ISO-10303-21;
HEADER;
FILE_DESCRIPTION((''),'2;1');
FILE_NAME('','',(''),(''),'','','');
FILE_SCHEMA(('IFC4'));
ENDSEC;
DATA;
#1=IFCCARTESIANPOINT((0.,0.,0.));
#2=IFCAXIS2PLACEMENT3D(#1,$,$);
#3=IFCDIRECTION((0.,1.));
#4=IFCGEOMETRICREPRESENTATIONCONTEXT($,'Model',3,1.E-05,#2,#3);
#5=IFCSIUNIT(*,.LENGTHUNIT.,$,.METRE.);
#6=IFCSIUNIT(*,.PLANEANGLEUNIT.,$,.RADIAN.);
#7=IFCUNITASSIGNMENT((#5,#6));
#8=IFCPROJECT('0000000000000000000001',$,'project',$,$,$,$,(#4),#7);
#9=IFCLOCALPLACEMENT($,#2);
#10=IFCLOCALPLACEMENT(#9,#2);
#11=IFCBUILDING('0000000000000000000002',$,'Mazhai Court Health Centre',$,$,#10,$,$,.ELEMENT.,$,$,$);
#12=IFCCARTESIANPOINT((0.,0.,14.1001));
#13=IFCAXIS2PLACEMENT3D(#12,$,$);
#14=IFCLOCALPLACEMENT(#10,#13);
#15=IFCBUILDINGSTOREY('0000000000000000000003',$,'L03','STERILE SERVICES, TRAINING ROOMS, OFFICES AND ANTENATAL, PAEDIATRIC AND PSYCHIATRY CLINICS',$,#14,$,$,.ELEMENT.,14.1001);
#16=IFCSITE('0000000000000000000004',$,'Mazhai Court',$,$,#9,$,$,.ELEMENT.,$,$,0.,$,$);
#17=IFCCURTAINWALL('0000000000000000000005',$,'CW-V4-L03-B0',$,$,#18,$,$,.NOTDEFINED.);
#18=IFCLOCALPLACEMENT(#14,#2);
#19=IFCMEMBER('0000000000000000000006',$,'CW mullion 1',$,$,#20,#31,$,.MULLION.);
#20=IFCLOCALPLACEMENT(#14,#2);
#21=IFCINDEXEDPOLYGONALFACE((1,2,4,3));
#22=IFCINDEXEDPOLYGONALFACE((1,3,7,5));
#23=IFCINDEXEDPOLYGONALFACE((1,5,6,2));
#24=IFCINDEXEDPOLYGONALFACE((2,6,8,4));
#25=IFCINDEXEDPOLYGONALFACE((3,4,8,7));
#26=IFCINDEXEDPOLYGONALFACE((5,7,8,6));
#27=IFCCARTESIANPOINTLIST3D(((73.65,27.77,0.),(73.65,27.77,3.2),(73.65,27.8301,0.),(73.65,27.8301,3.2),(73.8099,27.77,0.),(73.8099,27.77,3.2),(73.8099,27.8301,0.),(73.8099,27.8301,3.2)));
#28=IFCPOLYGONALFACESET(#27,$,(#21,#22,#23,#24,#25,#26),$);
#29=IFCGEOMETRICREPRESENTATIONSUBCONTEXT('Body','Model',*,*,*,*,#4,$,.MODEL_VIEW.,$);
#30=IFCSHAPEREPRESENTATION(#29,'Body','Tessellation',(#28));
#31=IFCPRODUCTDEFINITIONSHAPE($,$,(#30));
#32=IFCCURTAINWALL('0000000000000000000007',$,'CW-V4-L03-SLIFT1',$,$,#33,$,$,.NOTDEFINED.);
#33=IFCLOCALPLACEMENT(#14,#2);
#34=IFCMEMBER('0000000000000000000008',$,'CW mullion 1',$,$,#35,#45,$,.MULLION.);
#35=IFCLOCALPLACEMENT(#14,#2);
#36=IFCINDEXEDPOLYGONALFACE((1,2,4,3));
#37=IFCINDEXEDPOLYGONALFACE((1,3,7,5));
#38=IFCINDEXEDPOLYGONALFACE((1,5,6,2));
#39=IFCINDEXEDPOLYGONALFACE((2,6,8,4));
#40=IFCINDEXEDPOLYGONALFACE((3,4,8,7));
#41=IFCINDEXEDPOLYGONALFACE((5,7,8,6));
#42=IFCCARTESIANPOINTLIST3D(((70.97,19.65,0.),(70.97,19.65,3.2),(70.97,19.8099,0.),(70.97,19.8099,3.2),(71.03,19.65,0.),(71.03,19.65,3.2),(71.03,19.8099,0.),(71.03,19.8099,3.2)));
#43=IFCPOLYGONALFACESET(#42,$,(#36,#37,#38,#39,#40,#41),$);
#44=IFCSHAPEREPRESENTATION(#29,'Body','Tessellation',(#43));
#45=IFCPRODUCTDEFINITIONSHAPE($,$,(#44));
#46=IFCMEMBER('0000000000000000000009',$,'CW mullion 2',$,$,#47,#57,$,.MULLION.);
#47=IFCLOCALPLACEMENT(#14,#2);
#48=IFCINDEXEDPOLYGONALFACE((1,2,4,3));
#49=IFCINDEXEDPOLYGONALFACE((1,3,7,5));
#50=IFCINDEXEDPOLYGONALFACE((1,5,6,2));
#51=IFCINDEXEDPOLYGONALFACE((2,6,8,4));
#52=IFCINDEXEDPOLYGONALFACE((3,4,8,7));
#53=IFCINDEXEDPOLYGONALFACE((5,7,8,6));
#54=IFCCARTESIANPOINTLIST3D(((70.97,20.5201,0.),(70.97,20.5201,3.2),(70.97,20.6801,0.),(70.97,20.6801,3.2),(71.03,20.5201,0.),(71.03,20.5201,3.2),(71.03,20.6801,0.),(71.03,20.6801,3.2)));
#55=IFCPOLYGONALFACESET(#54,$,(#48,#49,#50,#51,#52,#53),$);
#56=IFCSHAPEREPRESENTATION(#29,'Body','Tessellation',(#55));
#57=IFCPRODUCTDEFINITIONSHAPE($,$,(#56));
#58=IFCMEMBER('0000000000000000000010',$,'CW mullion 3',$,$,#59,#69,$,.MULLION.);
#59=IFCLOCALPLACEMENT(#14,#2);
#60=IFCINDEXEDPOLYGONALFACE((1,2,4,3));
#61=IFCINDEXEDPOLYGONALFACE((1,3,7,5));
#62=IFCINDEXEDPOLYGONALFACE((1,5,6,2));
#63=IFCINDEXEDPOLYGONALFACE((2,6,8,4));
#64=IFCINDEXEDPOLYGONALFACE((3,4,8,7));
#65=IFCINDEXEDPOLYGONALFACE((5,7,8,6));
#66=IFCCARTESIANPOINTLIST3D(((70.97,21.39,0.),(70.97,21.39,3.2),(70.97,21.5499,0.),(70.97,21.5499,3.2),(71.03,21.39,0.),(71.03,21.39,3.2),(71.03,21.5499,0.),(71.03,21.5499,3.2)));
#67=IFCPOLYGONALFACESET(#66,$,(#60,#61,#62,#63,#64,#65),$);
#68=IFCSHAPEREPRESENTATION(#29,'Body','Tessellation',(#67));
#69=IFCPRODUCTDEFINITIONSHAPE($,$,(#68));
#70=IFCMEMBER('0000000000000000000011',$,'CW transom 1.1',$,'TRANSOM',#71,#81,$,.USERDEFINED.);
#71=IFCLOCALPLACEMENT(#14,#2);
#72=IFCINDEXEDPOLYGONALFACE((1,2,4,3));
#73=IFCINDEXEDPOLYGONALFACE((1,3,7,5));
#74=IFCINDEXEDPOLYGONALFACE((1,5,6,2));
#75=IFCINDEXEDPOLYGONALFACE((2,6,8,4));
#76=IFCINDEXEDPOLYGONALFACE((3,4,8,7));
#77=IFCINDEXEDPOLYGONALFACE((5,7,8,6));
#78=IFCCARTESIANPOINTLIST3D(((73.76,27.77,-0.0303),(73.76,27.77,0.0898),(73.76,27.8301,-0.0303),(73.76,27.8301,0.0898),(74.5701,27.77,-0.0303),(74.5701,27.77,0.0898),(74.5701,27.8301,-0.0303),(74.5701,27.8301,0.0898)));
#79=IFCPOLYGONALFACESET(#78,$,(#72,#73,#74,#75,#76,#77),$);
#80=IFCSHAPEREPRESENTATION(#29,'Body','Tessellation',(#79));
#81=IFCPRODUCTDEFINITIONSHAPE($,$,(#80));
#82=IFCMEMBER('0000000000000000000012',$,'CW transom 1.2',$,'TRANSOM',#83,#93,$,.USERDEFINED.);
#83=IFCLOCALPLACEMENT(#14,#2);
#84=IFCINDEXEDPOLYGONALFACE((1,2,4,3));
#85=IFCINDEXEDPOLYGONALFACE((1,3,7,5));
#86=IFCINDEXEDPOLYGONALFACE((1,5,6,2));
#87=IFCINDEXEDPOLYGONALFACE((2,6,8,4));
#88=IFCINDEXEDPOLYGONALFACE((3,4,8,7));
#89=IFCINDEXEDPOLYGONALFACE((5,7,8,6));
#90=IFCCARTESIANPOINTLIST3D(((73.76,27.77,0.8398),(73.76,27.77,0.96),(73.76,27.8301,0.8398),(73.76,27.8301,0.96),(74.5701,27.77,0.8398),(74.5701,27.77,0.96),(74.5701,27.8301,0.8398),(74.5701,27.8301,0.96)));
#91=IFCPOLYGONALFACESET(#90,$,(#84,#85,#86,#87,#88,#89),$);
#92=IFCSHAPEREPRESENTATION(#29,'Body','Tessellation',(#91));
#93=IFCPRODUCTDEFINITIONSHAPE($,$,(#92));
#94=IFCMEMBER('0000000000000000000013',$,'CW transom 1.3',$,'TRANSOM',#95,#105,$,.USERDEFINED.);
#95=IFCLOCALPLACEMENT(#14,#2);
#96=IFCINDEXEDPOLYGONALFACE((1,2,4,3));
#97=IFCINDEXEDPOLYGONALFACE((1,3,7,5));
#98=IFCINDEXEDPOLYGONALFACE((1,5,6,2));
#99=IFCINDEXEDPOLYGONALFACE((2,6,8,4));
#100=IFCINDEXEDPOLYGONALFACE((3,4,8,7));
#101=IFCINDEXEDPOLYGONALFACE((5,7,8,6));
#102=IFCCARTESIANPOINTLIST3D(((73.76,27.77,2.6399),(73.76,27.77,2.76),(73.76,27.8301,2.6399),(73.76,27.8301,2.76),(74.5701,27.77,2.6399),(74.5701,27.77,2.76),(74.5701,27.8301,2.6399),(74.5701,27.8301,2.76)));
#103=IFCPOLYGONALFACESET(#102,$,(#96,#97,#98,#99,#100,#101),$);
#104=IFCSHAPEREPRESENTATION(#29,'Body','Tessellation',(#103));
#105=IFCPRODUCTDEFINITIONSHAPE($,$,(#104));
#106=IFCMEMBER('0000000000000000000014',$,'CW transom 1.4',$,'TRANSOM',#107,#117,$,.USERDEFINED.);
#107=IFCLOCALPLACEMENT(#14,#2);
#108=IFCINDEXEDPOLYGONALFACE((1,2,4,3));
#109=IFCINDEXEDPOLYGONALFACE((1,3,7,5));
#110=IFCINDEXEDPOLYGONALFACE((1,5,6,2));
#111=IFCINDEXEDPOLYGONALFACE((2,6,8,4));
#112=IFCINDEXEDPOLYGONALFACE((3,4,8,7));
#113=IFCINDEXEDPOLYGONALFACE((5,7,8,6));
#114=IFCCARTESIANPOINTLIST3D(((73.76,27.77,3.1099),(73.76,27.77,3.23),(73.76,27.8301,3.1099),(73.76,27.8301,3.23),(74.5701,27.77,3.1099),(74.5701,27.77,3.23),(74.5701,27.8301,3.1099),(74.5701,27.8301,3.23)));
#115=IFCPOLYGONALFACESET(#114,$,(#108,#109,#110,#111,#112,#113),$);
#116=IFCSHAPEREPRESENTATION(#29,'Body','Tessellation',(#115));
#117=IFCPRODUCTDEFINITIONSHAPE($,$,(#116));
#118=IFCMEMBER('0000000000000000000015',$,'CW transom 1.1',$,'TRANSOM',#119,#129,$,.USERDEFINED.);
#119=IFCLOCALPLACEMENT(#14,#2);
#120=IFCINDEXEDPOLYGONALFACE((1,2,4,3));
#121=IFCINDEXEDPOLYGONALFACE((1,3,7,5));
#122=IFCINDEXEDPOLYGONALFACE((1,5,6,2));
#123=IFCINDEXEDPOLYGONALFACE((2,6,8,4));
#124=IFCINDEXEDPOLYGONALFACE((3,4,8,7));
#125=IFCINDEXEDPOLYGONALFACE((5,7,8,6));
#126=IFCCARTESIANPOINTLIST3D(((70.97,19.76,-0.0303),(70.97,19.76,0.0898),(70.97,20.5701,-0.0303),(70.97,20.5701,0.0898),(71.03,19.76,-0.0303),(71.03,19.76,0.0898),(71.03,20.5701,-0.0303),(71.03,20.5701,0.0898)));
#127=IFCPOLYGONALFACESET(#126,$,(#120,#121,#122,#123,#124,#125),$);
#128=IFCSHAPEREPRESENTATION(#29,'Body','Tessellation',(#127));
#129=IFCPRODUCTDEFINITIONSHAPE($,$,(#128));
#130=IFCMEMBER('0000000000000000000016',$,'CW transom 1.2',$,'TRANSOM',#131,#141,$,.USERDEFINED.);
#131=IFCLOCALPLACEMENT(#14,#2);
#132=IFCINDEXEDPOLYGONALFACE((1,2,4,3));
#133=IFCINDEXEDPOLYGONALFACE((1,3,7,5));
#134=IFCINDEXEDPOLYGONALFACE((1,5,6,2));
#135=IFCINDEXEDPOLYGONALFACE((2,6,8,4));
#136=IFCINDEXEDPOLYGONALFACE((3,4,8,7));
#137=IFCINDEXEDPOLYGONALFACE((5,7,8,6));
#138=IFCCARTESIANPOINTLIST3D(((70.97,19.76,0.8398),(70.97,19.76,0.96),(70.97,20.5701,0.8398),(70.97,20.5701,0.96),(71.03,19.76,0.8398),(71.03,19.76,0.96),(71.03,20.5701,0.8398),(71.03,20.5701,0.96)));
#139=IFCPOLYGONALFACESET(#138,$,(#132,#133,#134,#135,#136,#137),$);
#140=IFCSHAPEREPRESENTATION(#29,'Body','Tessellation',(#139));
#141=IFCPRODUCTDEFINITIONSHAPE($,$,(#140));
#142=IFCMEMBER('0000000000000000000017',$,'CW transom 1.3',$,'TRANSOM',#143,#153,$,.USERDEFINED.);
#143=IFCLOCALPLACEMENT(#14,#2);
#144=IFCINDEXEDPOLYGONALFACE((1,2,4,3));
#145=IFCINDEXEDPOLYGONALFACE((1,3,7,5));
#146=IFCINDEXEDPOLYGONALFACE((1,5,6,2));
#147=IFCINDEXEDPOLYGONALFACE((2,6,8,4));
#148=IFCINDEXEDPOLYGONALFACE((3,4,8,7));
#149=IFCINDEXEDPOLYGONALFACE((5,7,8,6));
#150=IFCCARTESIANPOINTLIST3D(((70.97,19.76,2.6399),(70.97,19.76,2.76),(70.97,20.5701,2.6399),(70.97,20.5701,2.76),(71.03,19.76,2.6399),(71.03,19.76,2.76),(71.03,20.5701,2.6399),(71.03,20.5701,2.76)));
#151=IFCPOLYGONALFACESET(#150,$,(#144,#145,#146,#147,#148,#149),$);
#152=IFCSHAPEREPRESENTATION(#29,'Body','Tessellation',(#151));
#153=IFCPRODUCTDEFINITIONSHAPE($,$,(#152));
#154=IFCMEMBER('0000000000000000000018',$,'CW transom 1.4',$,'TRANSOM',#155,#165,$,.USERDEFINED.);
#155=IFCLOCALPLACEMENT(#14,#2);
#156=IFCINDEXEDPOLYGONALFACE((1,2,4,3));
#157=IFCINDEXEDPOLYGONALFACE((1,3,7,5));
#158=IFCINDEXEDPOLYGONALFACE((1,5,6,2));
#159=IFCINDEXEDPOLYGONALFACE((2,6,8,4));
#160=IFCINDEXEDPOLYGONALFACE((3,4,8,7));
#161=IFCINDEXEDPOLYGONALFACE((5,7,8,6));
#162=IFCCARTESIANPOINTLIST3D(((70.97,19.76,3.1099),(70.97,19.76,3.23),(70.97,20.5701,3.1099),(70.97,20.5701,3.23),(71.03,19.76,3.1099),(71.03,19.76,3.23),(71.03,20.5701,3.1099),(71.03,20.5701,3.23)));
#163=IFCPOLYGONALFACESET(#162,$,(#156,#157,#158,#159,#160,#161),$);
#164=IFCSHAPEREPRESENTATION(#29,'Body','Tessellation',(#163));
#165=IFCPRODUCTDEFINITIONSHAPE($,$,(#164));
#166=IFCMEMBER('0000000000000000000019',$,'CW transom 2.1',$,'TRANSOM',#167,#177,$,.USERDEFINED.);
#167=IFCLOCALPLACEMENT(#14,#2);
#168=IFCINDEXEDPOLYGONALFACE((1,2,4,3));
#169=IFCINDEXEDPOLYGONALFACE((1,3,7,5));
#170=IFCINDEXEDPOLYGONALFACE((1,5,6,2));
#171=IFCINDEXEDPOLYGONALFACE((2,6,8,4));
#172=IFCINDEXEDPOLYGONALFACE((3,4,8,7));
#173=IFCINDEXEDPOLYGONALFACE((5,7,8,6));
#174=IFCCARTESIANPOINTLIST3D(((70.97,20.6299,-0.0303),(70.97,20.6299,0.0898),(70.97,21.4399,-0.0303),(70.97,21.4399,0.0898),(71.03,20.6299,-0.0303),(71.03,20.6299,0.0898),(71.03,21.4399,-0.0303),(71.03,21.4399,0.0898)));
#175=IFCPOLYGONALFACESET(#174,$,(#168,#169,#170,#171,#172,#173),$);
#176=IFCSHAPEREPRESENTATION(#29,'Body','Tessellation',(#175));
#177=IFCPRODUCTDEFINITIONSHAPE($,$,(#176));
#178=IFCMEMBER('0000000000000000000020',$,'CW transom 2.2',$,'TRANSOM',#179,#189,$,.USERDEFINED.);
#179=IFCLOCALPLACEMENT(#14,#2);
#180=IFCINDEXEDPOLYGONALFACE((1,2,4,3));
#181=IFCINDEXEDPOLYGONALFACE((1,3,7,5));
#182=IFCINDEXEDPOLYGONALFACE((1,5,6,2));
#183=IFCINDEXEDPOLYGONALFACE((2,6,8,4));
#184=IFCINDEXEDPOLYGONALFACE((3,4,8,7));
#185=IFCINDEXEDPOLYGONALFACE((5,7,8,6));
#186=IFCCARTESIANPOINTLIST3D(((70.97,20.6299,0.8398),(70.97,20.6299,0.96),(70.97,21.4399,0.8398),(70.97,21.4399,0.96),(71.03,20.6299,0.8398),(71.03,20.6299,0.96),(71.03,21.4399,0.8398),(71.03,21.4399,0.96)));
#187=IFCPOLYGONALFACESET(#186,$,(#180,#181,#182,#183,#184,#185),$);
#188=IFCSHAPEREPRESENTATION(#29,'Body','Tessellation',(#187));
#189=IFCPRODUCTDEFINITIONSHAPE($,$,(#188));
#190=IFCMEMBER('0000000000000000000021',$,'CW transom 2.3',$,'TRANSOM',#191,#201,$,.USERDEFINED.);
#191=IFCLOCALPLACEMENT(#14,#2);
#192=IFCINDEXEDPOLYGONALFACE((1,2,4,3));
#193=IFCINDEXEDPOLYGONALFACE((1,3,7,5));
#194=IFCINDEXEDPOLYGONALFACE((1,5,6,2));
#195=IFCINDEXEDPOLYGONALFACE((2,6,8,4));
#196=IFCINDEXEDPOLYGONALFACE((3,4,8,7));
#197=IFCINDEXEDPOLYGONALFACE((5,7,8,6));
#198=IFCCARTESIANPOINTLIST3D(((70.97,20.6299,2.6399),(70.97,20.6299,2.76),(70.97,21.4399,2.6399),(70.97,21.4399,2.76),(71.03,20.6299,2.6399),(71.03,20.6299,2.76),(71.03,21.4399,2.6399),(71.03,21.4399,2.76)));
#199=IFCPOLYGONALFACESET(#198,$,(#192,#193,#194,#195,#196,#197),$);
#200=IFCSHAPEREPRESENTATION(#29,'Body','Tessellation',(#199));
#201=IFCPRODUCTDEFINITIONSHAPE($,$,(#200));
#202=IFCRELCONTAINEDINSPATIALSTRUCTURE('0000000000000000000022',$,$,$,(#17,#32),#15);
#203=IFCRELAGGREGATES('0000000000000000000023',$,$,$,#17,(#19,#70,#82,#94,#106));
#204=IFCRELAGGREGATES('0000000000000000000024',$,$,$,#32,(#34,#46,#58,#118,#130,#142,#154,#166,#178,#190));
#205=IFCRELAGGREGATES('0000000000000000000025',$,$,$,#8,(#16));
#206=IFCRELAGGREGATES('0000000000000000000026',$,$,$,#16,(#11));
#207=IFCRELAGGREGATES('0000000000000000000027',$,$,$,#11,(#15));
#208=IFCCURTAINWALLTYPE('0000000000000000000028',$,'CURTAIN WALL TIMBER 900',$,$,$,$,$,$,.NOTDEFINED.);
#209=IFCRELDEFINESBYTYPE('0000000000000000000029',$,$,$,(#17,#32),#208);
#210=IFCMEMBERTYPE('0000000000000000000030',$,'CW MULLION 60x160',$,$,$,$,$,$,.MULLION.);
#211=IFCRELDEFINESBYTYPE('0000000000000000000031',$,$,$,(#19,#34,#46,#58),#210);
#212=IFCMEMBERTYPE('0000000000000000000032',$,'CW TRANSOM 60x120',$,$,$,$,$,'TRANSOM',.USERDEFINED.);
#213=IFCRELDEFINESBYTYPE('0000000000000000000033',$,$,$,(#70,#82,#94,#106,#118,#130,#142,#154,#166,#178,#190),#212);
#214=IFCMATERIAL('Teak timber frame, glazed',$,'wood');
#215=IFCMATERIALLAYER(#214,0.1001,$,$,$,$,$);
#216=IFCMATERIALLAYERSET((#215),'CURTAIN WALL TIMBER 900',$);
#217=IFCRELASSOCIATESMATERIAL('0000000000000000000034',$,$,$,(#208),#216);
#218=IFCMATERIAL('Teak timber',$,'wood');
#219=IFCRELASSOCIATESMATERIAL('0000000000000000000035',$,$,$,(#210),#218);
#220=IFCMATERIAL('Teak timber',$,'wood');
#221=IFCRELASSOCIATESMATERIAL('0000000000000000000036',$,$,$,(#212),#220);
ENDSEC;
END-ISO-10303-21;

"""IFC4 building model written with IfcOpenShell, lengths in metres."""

from ifc_helpers import new_model, si_unit, direction, frame, origin, origin_2d, place, context, subcontext, project, spatial, rectangle, extrude, material, layer, layer_set, material_profile, profile_set, type_object, element, aggregate, save


model = new_model("IFC4")

# Units and contexts
model_context = context("Model", 3, precision=1e-05, world=origin(), true_north=direction((0.0, 1.0)))
body_context = subcontext(model_context, "Body", "Model", "MODEL_VIEW")
ifc_project = project(units=[si_unit("LENGTHUNIT", "METRE"), si_unit("PLANEANGLEUNIT", "RADIAN")], contexts=[model_context])

# Site, building, storey
site_placement = place(None, origin())
site = spatial("IfcSite", under=ifc_project, at=site_placement, Name="Mazhai Court", CompositionType="ELEMENT", RefElevation=0.0)
building_placement = place(site_placement, origin())
building = spatial("IfcBuilding", under=site, at=building_placement, Name="Mazhai Court Health Centre", CompositionType="ELEMENT")
storey_placement = place(building_placement, frame((0.0, 0.0, 14.1001)))
storey = spatial("IfcBuildingStorey", under=building, at=storey_placement, Name="L03", Description="STERILE SERVICES, TRAINING ROOMS, OFFICES AND ANTENATAL, PAEDIATRIC AND PSYCHIATRY CLINICS", CompositionType="ELEMENT", Elevation=14.1001)

# Curtain wall, member
ifc_material_1 = material(Name="Teak timber frame, glazed", Category="wood")
ifc_layer_1 = layer(ifc_material_1, 0.1001)
ifc_layer_set_1 = layer_set([ifc_layer_1], Name="CURTAIN WALL TIMBER 900")
curtain_wall_type = type_object("IfcCurtainWallType", Name="CURTAIN WALL TIMBER 900", PredefinedType="NOTDEFINED", material=ifc_layer_set_1)
curtain_wall_1_placement = place(storey_placement, origin())
curtain_wall_1 = element("IfcCurtainWall", 1, at=curtain_wall_1_placement, inside=storey, type_object=curtain_wall_type, Name="CW-V4-L03-B0", PredefinedType="NOTDEFINED")
ifc_material_2 = material(Name="Teak timber", Category="wood")
ifc_material_profile_1 = material_profile(ifc_material_2, rectangle(XDim=0.0601, YDim=0.1599, at=origin_2d()), Name="CW MULLION 60x160")
ifc_profile_set_1 = profile_set([ifc_material_profile_1], Name="Teak timber")
member_type_1 = type_object("IfcMemberType", Name="CW MULLION 60x160", PredefinedType="MULLION", material=ifc_profile_set_1)
member_1_placement = place(storey_placement, frame((73.73, 27.8, 0.0), z_axis=(0.0, 0.0, 1.0), x_axis=(0.0, 1.0, 0.0)))
member_1 = element("IfcMember", 2, at=member_1_placement, type_object=member_type_1, Name="CW mullion 1", PredefinedType="MULLION", context=body_context, shape_type="SweptSolid", body=[
    extrude(rectangle(XDim=0.0601, YDim=0.1599, at=origin_2d()), origin(), (0.0, 0.0, 1.0), 3.2),
])

# Curtain wall, members
curtain_wall_2_placement = place(storey_placement, origin())
curtain_wall_2 = element("IfcCurtainWall", 3, at=curtain_wall_2_placement, inside=storey, type_object=curtain_wall_type, Name="CW-V4-L03-SLIFT1", PredefinedType="NOTDEFINED")
member_2_placement = place(storey_placement, frame((71.0, 19.73, 0.0), z_axis=(0.0, 0.0, 1.0), x_axis=(-1.0, 0.0, 0.0)))
member_2 = element("IfcMember", 4, at=member_2_placement, type_object=member_type_1, Name="CW mullion 1", PredefinedType="MULLION", context=body_context, shape_type="SweptSolid", body=[
    extrude(rectangle(XDim=0.0601, YDim=0.1599, at=origin_2d()), origin(), (0.0, 0.0, 1.0), 3.2),
])
member_3_placement = place(storey_placement, frame((71.0, 20.6001, 0.0), z_axis=(0.0, 0.0, 1.0), x_axis=(-1.0, 0.0, 0.0)))
member_3 = element("IfcMember", 5, at=member_3_placement, type_object=member_type_1, Name="CW mullion 2", PredefinedType="MULLION", context=body_context, shape_type="SweptSolid", body=[
    extrude(rectangle(XDim=0.0601, YDim=0.1599, at=origin_2d()), origin(), (0.0, 0.0, 1.0), 3.2),
])
member_4_placement = place(storey_placement, frame((71.0, 21.47, 0.0), z_axis=(0.0, 0.0, 1.0), x_axis=(-1.0, 0.0, 0.0)))
member_4 = element("IfcMember", 6, at=member_4_placement, type_object=member_type_1, Name="CW mullion 3", PredefinedType="MULLION", context=body_context, shape_type="SweptSolid", body=[
    extrude(rectangle(XDim=0.0601, YDim=0.1599, at=origin_2d()), origin(), (0.0, 0.0, 1.0), 3.2),
])

# Members
ifc_material_3 = material(Name="Teak timber", Category="wood")
ifc_material_profile_2 = material_profile(ifc_material_3, rectangle(XDim=0.0601, YDim=0.1201, at=origin_2d()), Name="CW TRANSOM 60x120")
ifc_profile_set_2 = profile_set([ifc_material_profile_2], Name="Teak timber")
member_type_2 = type_object("IfcMemberType", Name="CW TRANSOM 60x120", ElementType="TRANSOM", PredefinedType="USERDEFINED", material=ifc_profile_set_2)
member_5_placement = place(storey_placement, frame((73.76, 27.8, 0.0298), z_axis=(1.0, 0.0, 0.0), x_axis=(0.0, 1.0, 0.0)))
member_5 = element("IfcMember", 7, at=member_5_placement, type_object=member_type_2, Name="CW transom 1.1", ObjectType="TRANSOM", PredefinedType="USERDEFINED", context=body_context, shape_type="SweptSolid", body=[
    extrude(rectangle(XDim=0.0601, YDim=0.1201, at=origin_2d()), origin(), (0.0, 0.0, 1.0), 0.8101),
])
member_6_placement = place(storey_placement, frame((73.76, 27.8, 0.8999), z_axis=(1.0, 0.0, 0.0), x_axis=(0.0, 1.0, 0.0)))
member_6 = element("IfcMember", 8, at=member_6_placement, type_object=member_type_2, Name="CW transom 1.2", ObjectType="TRANSOM", PredefinedType="USERDEFINED", context=body_context, shape_type="SweptSolid", body=[
    extrude(rectangle(XDim=0.0601, YDim=0.1201, at=origin_2d()), origin(), (0.0, 0.0, 1.0), 0.8101),
])
member_7_placement = place(storey_placement, frame((73.76, 27.8, 2.7), z_axis=(1.0, 0.0, 0.0), x_axis=(0.0, 1.0, 0.0)))
member_7 = element("IfcMember", 9, at=member_7_placement, type_object=member_type_2, Name="CW transom 1.3", ObjectType="TRANSOM", PredefinedType="USERDEFINED", context=body_context, shape_type="SweptSolid", body=[
    extrude(rectangle(XDim=0.0601, YDim=0.1201, at=origin_2d()), origin(), (0.0, 0.0, 1.0), 0.8101),
])
member_8_placement = place(storey_placement, frame((73.76, 27.8, 3.1699), z_axis=(1.0, 0.0, 0.0), x_axis=(0.0, 1.0, 0.0)))
member_8 = element("IfcMember", 10, at=member_8_placement, type_object=member_type_2, Name="CW transom 1.4", ObjectType="TRANSOM", PredefinedType="USERDEFINED", context=body_context, shape_type="SweptSolid", body=[
    extrude(rectangle(XDim=0.0601, YDim=0.1201, at=origin_2d()), origin(), (0.0, 0.0, 1.0), 0.8101),
])
member_9_placement = place(storey_placement, frame((71.0, 19.76, 0.0298), z_axis=(0.0, 1.0, 0.0), x_axis=(-1.0, 0.0, 0.0)))
member_9 = element("IfcMember", 11, at=member_9_placement, type_object=member_type_2, Name="CW transom 1.1", ObjectType="TRANSOM", PredefinedType="USERDEFINED", context=body_context, shape_type="SweptSolid", body=[
    extrude(rectangle(XDim=0.0601, YDim=0.1201, at=origin_2d()), origin(), (0.0, 0.0, 1.0), 0.8101),
])
member_10_placement = place(storey_placement, frame((71.0, 19.76, 0.8999), z_axis=(0.0, 1.0, 0.0), x_axis=(-1.0, 0.0, 0.0)))
member_10 = element("IfcMember", 12, at=member_10_placement, type_object=member_type_2, Name="CW transom 1.2", ObjectType="TRANSOM", PredefinedType="USERDEFINED", context=body_context, shape_type="SweptSolid", body=[
    extrude(rectangle(XDim=0.0601, YDim=0.1201, at=origin_2d()), origin(), (0.0, 0.0, 1.0), 0.8101),
])
member_11_placement = place(storey_placement, frame((71.0, 19.76, 2.7), z_axis=(0.0, 1.0, 0.0), x_axis=(-1.0, 0.0, 0.0)))
member_11 = element("IfcMember", 13, at=member_11_placement, type_object=member_type_2, Name="CW transom 1.3", ObjectType="TRANSOM", PredefinedType="USERDEFINED", context=body_context, shape_type="SweptSolid", body=[
    extrude(rectangle(XDim=0.0601, YDim=0.1201, at=origin_2d()), origin(), (0.0, 0.0, 1.0), 0.8101),
])
member_12_placement = place(storey_placement, frame((71.0, 19.76, 3.1699), z_axis=(0.0, 1.0, 0.0), x_axis=(-1.0, 0.0, 0.0)))
member_12 = element("IfcMember", 14, at=member_12_placement, type_object=member_type_2, Name="CW transom 1.4", ObjectType="TRANSOM", PredefinedType="USERDEFINED", context=body_context, shape_type="SweptSolid", body=[
    extrude(rectangle(XDim=0.0601, YDim=0.1201, at=origin_2d()), origin(), (0.0, 0.0, 1.0), 0.8101),
])
member_13_placement = place(storey_placement, frame((71.0, 20.6299, 0.0298), z_axis=(0.0, 1.0, 0.0), x_axis=(-1.0, 0.0, 0.0)))
member_13 = element("IfcMember", 15, at=member_13_placement, type_object=member_type_2, Name="CW transom 2.1", ObjectType="TRANSOM", PredefinedType="USERDEFINED", context=body_context, shape_type="SweptSolid", body=[
    extrude(rectangle(XDim=0.0601, YDim=0.1201, at=origin_2d()), origin(), (0.0, 0.0, 1.0), 0.8101),
])
member_14_placement = place(storey_placement, frame((71.0, 20.6299, 0.8999), z_axis=(0.0, 1.0, 0.0), x_axis=(-1.0, 0.0, 0.0)))
member_14 = element("IfcMember", 16, at=member_14_placement, type_object=member_type_2, Name="CW transom 2.2", ObjectType="TRANSOM", PredefinedType="USERDEFINED", context=body_context, shape_type="SweptSolid", body=[
    extrude(rectangle(XDim=0.0601, YDim=0.1201, at=origin_2d()), origin(), (0.0, 0.0, 1.0), 0.8101),
])
member_15_placement = place(storey_placement, frame((71.0, 20.6299, 2.7), z_axis=(0.0, 1.0, 0.0), x_axis=(-1.0, 0.0, 0.0)))
member_15 = element("IfcMember", 17, at=member_15_placement, type_object=member_type_2, Name="CW transom 2.3", ObjectType="TRANSOM", PredefinedType="USERDEFINED", context=body_context, shape_type="SweptSolid", body=[
    extrude(rectangle(XDim=0.0601, YDim=0.1201, at=origin_2d()), origin(), (0.0, 0.0, 1.0), 0.8101),
])

aggregate(curtain_wall_1, [member_1, member_5, member_6, member_7, member_8])
aggregate(curtain_wall_2, [member_2, member_3, member_4, member_9, member_10, member_11, member_12, member_13, member_14, member_15])

save(model, "model.ifc")
